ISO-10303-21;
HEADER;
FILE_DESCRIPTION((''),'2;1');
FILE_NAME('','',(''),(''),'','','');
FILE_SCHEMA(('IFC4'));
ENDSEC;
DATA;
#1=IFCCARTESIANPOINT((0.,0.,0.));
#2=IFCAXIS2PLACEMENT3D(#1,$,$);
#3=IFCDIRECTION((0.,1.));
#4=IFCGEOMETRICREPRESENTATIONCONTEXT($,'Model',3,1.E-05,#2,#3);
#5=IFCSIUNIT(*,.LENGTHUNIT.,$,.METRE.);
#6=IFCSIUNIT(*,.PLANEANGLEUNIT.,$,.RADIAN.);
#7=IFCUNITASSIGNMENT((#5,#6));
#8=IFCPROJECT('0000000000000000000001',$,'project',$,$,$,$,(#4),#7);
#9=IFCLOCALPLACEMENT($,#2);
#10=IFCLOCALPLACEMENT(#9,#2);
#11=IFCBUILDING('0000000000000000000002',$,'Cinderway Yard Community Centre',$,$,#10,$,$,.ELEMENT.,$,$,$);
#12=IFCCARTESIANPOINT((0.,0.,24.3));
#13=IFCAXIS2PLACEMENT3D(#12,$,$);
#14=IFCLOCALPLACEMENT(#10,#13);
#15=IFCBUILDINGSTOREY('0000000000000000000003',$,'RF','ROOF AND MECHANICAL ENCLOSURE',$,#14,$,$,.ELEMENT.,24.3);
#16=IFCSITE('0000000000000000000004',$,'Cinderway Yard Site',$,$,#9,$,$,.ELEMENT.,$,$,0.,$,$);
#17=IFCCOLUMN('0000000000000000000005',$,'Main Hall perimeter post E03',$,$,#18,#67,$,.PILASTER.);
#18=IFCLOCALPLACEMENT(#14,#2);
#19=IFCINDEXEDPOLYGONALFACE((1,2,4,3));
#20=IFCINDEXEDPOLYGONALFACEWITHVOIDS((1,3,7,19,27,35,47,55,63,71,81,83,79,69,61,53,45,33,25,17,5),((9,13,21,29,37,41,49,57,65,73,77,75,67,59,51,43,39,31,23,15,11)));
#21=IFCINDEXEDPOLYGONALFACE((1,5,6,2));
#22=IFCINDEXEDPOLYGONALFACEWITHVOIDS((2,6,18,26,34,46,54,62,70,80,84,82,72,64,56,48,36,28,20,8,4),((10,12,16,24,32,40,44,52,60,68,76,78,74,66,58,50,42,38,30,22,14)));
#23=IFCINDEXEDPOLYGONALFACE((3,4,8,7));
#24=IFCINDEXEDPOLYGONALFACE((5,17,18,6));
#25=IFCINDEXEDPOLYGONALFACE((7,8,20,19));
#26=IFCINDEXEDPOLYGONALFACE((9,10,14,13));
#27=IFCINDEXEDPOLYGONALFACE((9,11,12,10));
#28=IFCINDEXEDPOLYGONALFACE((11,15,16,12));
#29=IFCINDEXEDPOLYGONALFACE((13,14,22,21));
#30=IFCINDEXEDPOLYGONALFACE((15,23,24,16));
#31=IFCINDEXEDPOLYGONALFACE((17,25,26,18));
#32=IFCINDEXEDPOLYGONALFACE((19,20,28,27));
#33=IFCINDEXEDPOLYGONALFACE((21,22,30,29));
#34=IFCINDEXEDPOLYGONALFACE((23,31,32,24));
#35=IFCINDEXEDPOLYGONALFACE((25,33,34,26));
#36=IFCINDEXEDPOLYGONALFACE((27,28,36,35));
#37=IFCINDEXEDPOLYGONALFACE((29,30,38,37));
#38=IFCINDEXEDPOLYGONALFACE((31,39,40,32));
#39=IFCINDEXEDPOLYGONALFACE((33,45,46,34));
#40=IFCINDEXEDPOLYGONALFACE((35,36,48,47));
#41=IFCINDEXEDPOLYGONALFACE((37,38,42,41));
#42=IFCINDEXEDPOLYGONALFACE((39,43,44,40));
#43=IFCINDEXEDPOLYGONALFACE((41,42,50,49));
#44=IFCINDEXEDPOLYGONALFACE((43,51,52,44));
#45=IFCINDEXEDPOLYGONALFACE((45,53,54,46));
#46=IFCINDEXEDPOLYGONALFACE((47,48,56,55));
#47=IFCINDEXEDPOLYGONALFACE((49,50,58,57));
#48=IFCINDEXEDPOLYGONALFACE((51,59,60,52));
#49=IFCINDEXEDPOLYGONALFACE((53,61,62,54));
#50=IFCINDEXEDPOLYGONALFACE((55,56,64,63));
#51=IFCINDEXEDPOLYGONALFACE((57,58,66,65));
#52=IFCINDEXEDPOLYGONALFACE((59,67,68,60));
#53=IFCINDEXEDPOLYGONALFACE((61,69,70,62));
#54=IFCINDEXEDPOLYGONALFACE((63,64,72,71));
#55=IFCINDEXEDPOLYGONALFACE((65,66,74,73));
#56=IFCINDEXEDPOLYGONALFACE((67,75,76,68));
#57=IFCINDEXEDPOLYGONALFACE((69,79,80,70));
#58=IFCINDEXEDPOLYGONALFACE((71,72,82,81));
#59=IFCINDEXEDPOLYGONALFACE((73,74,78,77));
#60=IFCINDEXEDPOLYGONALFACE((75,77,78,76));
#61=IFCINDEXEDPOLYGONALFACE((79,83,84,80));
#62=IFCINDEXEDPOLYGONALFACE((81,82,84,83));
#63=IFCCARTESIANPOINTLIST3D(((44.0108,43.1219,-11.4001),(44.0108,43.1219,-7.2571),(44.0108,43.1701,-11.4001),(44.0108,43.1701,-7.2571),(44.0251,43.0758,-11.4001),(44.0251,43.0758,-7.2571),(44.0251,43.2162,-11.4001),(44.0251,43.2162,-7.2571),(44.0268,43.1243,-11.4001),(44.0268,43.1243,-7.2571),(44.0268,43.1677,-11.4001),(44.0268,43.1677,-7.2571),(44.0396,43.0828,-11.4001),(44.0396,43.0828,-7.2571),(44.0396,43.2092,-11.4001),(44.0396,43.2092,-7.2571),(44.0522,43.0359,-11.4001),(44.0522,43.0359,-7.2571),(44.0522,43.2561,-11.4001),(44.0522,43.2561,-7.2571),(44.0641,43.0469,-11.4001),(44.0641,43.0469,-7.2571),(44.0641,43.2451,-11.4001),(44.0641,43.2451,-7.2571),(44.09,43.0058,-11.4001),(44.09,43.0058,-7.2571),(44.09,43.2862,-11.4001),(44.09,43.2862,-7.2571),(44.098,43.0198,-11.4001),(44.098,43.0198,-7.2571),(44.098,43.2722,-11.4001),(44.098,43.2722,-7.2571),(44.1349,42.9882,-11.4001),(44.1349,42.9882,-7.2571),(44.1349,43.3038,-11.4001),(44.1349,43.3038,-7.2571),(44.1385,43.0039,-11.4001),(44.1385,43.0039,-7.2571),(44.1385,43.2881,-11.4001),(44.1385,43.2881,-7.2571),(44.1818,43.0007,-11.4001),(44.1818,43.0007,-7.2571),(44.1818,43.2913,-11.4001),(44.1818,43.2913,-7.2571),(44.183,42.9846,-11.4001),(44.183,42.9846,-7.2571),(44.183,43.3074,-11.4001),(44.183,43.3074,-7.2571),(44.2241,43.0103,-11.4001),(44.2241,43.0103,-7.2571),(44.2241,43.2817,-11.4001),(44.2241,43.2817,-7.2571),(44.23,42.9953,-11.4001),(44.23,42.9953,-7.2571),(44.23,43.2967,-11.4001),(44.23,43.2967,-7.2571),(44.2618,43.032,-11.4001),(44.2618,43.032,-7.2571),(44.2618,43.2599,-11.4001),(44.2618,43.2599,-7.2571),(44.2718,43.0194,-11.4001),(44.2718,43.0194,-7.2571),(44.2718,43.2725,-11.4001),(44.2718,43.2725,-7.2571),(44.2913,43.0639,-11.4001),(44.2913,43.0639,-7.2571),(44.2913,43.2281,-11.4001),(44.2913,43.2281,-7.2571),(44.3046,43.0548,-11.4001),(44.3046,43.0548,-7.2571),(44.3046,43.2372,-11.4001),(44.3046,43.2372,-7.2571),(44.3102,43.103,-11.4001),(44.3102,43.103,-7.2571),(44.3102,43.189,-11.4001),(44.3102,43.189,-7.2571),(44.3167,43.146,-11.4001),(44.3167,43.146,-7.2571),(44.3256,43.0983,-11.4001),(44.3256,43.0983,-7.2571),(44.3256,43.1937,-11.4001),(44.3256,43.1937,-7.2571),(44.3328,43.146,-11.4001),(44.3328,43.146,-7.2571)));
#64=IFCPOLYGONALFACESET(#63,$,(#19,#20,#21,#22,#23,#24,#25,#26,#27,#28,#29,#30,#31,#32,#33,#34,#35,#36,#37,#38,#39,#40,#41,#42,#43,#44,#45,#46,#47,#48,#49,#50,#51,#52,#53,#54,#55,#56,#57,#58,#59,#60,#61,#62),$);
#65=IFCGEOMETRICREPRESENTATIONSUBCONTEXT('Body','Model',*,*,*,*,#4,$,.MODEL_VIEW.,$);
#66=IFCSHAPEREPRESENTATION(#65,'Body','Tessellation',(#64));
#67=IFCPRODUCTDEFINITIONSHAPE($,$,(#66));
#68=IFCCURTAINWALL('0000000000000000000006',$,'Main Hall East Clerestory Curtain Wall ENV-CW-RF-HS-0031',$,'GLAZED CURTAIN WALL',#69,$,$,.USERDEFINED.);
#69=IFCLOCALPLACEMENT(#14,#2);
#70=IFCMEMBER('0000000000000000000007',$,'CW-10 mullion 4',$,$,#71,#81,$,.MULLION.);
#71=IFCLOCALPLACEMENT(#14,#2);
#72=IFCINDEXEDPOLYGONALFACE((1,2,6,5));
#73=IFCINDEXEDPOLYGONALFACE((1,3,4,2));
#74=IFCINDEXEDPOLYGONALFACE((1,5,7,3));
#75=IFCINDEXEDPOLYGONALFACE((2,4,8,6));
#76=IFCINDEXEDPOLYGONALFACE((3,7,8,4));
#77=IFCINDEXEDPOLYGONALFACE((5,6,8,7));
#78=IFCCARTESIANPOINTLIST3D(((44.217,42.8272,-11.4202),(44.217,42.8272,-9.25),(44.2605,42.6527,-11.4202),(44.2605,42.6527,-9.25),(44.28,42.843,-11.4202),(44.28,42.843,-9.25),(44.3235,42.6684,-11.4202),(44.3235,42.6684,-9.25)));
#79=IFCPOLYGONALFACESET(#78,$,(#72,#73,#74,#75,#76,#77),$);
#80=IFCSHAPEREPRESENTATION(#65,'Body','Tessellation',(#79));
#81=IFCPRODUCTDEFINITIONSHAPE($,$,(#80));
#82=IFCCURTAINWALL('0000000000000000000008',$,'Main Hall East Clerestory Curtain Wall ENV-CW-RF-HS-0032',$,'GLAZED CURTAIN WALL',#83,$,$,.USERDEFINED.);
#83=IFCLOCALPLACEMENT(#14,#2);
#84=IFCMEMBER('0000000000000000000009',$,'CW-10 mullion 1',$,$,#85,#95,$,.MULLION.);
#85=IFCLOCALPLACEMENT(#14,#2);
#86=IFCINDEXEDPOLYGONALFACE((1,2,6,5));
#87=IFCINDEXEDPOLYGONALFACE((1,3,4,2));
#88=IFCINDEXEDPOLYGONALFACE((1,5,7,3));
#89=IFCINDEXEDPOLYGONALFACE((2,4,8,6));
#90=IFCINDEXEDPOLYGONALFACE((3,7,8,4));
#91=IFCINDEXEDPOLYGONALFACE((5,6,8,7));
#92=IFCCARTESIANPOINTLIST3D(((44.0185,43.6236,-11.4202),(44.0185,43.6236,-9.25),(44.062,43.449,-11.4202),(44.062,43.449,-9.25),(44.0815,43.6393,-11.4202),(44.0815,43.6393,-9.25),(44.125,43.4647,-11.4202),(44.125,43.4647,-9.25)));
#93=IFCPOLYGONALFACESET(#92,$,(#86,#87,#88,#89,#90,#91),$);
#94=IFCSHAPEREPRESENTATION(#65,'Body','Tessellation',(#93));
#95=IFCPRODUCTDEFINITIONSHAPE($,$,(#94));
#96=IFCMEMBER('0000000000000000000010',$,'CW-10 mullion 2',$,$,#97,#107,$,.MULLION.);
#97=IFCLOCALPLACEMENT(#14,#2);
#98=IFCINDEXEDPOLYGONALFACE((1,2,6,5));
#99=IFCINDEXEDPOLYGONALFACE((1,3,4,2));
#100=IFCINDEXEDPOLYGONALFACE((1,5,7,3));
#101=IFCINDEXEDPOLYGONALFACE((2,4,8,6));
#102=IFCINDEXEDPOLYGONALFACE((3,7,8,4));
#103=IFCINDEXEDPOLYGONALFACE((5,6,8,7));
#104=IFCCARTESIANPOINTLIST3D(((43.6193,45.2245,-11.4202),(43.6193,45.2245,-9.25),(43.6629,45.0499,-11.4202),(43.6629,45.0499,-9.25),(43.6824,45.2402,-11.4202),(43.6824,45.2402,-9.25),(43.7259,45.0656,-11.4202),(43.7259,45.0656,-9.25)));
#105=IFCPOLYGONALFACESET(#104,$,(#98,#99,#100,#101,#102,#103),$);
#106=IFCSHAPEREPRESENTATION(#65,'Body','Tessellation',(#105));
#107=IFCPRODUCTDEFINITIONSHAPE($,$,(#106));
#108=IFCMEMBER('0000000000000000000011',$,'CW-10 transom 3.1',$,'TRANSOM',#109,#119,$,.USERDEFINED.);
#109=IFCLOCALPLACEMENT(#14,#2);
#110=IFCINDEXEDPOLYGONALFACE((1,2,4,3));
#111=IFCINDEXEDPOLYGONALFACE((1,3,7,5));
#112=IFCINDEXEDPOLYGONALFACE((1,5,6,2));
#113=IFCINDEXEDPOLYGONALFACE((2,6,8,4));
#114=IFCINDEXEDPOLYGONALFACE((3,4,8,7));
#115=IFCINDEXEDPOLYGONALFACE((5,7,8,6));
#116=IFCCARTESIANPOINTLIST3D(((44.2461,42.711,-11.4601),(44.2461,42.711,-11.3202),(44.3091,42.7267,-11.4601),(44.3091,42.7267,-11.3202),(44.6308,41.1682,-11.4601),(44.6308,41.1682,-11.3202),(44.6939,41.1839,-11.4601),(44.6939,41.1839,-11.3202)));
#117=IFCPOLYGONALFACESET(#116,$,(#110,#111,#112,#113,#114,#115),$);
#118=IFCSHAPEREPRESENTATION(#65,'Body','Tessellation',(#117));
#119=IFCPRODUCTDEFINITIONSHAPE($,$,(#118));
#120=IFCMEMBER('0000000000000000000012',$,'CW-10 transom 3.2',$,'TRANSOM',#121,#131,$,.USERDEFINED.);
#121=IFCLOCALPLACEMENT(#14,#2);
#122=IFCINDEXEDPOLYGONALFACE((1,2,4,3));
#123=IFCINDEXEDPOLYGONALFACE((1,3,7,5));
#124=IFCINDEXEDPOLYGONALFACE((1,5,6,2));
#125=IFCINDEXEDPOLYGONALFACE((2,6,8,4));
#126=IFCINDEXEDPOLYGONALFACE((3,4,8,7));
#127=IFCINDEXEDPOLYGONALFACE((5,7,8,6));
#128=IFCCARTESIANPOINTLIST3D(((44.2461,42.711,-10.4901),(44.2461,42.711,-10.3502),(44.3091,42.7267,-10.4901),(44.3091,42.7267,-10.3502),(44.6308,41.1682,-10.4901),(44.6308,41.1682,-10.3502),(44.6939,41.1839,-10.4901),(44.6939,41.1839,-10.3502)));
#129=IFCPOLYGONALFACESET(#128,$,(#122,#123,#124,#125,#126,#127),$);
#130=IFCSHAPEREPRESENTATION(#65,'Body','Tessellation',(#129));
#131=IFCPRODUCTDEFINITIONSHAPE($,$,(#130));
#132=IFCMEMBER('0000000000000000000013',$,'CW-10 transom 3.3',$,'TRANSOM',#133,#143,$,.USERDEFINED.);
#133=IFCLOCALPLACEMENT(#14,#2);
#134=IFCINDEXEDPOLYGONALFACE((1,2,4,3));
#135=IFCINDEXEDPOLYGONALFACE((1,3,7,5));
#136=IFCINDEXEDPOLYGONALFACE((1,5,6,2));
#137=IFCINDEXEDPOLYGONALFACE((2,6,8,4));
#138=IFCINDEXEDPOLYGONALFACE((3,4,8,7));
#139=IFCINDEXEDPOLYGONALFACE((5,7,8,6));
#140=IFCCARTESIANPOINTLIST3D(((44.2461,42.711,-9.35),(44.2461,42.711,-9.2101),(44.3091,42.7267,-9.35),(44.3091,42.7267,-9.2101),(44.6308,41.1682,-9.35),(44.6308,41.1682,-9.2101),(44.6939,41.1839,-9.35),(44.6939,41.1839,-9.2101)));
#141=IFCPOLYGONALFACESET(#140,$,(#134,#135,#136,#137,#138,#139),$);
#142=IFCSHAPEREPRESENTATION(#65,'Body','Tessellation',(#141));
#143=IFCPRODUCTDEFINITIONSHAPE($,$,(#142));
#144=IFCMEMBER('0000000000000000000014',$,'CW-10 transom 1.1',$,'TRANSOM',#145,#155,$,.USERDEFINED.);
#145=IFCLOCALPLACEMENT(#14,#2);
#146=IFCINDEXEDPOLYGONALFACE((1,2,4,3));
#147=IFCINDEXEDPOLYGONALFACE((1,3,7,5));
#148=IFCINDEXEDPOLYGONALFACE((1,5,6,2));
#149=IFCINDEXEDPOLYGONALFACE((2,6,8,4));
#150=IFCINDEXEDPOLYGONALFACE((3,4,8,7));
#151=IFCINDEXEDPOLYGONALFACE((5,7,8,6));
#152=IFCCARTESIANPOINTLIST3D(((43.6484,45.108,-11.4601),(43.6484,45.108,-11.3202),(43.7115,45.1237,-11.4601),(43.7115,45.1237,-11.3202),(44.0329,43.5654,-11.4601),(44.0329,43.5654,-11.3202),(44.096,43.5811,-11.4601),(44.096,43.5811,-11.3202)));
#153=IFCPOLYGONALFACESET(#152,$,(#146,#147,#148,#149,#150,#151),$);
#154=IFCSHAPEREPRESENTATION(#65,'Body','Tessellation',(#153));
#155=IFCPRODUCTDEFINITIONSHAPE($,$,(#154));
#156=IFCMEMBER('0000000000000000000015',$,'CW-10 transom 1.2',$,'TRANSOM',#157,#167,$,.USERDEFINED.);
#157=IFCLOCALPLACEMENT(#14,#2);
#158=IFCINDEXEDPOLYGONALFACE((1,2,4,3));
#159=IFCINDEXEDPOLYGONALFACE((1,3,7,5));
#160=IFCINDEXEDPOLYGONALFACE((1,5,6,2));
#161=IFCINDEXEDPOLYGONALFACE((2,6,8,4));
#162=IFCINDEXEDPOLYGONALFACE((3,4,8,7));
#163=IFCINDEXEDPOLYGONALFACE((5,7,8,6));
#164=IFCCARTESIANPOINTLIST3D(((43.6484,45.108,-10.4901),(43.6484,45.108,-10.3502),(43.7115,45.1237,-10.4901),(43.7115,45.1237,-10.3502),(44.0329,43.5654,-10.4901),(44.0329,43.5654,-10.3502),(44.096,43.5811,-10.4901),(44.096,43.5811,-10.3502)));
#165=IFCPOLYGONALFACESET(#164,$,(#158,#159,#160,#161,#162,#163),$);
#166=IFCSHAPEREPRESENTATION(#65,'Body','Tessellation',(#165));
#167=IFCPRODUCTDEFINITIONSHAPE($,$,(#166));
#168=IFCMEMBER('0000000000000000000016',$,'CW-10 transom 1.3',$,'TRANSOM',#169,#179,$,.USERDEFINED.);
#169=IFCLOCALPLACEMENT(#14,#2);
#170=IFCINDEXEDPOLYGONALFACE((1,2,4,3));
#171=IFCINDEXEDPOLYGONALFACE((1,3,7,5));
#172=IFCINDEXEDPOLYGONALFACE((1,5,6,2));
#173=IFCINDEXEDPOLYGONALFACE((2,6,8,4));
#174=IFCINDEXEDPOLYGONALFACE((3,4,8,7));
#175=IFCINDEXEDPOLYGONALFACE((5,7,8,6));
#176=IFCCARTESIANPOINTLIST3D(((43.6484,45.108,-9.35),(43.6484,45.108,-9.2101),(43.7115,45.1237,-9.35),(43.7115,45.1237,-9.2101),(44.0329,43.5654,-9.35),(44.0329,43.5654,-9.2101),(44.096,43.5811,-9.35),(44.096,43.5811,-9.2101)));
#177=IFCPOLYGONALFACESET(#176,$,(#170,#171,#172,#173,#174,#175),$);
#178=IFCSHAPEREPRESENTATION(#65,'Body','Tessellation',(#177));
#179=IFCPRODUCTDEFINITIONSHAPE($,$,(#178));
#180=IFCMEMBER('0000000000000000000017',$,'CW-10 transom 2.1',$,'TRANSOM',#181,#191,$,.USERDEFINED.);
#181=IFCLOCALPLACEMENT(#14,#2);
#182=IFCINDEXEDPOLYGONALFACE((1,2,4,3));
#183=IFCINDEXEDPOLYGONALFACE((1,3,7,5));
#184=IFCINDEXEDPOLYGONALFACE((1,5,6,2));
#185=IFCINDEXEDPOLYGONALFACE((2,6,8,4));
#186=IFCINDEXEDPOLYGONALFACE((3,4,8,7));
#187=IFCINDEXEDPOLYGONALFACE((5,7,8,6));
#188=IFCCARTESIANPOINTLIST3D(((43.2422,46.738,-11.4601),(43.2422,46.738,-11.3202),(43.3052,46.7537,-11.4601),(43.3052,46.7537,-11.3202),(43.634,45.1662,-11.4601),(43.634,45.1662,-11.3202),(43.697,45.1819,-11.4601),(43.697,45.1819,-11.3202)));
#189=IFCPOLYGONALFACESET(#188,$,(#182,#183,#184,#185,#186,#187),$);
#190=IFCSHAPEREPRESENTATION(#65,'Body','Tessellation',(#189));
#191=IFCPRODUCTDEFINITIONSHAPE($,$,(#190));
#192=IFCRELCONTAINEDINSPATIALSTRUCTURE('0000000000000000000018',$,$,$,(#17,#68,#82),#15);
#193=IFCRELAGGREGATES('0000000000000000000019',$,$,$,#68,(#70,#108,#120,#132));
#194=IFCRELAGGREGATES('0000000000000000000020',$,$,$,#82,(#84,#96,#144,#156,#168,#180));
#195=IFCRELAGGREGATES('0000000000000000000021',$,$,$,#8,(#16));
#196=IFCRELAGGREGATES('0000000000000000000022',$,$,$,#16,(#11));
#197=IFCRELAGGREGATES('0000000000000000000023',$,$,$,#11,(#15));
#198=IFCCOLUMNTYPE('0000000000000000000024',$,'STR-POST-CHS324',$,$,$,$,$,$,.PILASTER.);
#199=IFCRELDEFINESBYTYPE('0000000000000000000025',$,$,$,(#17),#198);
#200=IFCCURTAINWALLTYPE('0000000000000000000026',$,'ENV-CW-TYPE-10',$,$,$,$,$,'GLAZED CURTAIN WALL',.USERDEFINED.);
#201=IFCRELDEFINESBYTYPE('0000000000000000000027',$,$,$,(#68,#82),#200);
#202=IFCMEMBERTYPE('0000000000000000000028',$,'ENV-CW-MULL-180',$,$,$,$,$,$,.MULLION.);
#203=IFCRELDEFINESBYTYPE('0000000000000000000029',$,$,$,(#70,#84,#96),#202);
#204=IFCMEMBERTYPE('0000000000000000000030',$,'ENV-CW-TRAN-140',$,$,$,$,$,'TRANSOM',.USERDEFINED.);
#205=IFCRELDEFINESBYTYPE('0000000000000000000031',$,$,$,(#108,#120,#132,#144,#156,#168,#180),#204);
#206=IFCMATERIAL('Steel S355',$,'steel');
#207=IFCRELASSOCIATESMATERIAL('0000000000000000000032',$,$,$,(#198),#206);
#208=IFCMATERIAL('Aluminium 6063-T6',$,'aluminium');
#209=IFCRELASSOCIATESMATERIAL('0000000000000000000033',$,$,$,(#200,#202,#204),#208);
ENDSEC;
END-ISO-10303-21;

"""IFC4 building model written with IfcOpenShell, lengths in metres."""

from ifc_helpers import new_model, si_unit, direction, frame, origin, origin_2d, place, context, subcontext, project, spatial, rectangle, hollow_circle, extrude, material, material_profile, profile_set, type_object, element, aggregate, save


model = new_model("IFC4")

# Units and contexts
model_context = context("Model", 3, precision=1e-05, world=origin(), true_north=direction((0.0, 1.0)))
body_context = subcontext(model_context, "Body", "Model", "MODEL_VIEW")
ifc_project = project(units=[si_unit("LENGTHUNIT", "METRE"), si_unit("PLANEANGLEUNIT", "RADIAN")], contexts=[model_context])

# Site, building, storey
site_placement = place(None, origin())
site = spatial("IfcSite", under=ifc_project, at=site_placement, Name="Cinderway Yard Site", CompositionType="ELEMENT", RefElevation=0.0)
building_placement = place(site_placement, origin())
building = spatial("IfcBuilding", under=site, at=building_placement, Name="Cinderway Yard Community Centre", CompositionType="ELEMENT")
storey_placement = place(building_placement, frame((0.0, 0.0, 24.3)))
storey = spatial("IfcBuildingStorey", under=building, at=storey_placement, Name="RF", Description="ROOF AND MECHANICAL ENCLOSURE", CompositionType="ELEMENT", Elevation=24.3)

# Column
ifc_material_1 = material(Name="Steel S355", Category="steel")
ifc_material_profile_1 = material_profile(ifc_material_1, hollow_circle(Radius=0.1619, WallThickness=0.0161, at=origin_2d()), Name="Steel S355")
ifc_profile_set_1 = profile_set([ifc_material_profile_1], Name="Steel S355")
column_type = type_object("IfcColumnType", Name="STR-POST-CHS324", PredefinedType="PILASTER", material=ifc_profile_set_1)
column_placement = place(storey_placement, frame((44.1709, 43.146, -11.4001), z_axis=(0.0, 0.0, 1.0), x_axis=(1.0, 0.0, 0.0)))
element("IfcColumn", 1, at=column_placement, inside=storey, type_object=column_type, Name="Main Hall perimeter post E03", PredefinedType="PILASTER", context=body_context, shape_type="SweptSolid", body=[
    extrude(hollow_circle(Radius=0.1619, WallThickness=0.0161, at=origin_2d()), origin(), (0.0, 0.0, 1.0), 4.1431),
])

# Curtain wall, member
ifc_material_2 = material(Name="Aluminium 6063-T6", Category="aluminium")
curtain_wall_type = type_object("IfcCurtainWallType", Name="ENV-CW-TYPE-10", ElementType="GLAZED CURTAIN WALL", PredefinedType="USERDEFINED", material=ifc_material_2)
curtain_wall_1_placement = place(storey_placement, origin())
curtain_wall_1 = element("IfcCurtainWall", 2, at=curtain_wall_1_placement, inside=storey, type_object=curtain_wall_type, Name="Main Hall East Clerestory Curtain Wall ENV-CW-RF-HS-0031", ObjectType="GLAZED CURTAIN WALL", PredefinedType="USERDEFINED")
ifc_material_profile_2 = material_profile(ifc_material_2, rectangle(XDim=0.0649, YDim=0.1799, at=origin_2d()), Name="Aluminium 6063-T6")
ifc_profile_set_2 = profile_set([ifc_material_profile_2], Name="Aluminium 6063-T6")
member_type_1 = type_object("IfcMemberType", Name="ENV-CW-MULL-180", PredefinedType="MULLION", material=ifc_profile_set_2)
member_1_placement = place(storey_placement, frame((44.2703, 42.7478, -11.4202), z_axis=(0.0, 0.0, 1.0), x_axis=(-0.970259, -0.242069, 0.0)))
member_1 = element("IfcMember", 3, at=member_1_placement, type_object=member_type_1, Name="CW-10 mullion 4", PredefinedType="MULLION", context=body_context, shape_type="SweptSolid", body=[
    extrude(rectangle(XDim=0.0649, YDim=0.1799, at=origin_2d()), origin(), (0.0, 0.0, 1.0), 2.1702),
])

# Curtain wall, members
curtain_wall_2_placement = place(storey_placement, origin())
curtain_wall_2 = element("IfcCurtainWall", 4, at=curtain_wall_2_placement, inside=storey, type_object=curtain_wall_type, Name="Main Hall East Clerestory Curtain Wall ENV-CW-RF-HS-0032", ObjectType="GLAZED CURTAIN WALL", PredefinedType="USERDEFINED")
member_2_placement = place(storey_placement, frame((44.0718, 43.5442, -11.4202), z_axis=(0.0, 0.0, 1.0), x_axis=(-0.970306, -0.241882, 0.0)))
member_2 = element("IfcMember", 5, at=member_2_placement, type_object=member_type_1, Name="CW-10 mullion 1", PredefinedType="MULLION", context=body_context, shape_type="SweptSolid", body=[
    extrude(rectangle(XDim=0.0649, YDim=0.1799, at=origin_2d()), origin(), (0.0, 0.0, 1.0), 2.1702),
])
member_3_placement = place(storey_placement, frame((43.6726, 45.145, -11.4202), z_axis=(0.0, 0.0, 1.0), x_axis=(-0.970306, -0.241882, 0.0)))
member_3 = element("IfcMember", 6, at=member_3_placement, type_object=member_type_1, Name="CW-10 mullion 2", PredefinedType="MULLION", context=body_context, shape_type="SweptSolid", body=[
    extrude(rectangle(XDim=0.0649, YDim=0.1799, at=origin_2d()), origin(), (0.0, 0.0, 1.0), 2.1702),
])

# Members
ifc_material_profile_3 = material_profile(ifc_material_2, rectangle(XDim=0.0649, YDim=0.1399, at=origin_2d()), Name="Aluminium 6063-T6")
ifc_profile_set_3 = profile_set([ifc_material_profile_3], Name="Aluminium 6063-T6")
member_type_2 = type_object("IfcMemberType", Name="ENV-CW-TRAN-140", ElementType="TRANSOM", PredefinedType="USERDEFINED", material=ifc_profile_set_3)
member_4_placement = place(storey_placement, frame((44.6624, 41.176, -11.3901), z_axis=(-0.241994, 0.970278, 0.0), x_axis=(-0.970278, -0.241994, 0.0)))
member_4 = element("IfcMember", 7, at=member_4_placement, type_object=member_type_2, Name="CW-10 transom 3.1", ObjectType="TRANSOM", PredefinedType="USERDEFINED", context=body_context, shape_type="SweptSolid", body=[
    extrude(rectangle(XDim=0.0649, YDim=0.1399, at=origin_2d()), origin(), (0.0, 0.0, 1.0), 1.5901),
])
member_5_placement = place(storey_placement, frame((44.6624, 41.176, -10.4202), z_axis=(-0.241994, 0.970278, 0.0), x_axis=(-0.970278, -0.241994, 0.0)))
member_5 = element("IfcMember", 8, at=member_5_placement, type_object=member_type_2, Name="CW-10 transom 3.2", ObjectType="TRANSOM", PredefinedType="USERDEFINED", context=body_context, shape_type="SweptSolid", body=[
    extrude(rectangle(XDim=0.0649, YDim=0.1399, at=origin_2d()), origin(), (0.0, 0.0, 1.0), 1.5901),
])
member_6_placement = place(storey_placement, frame((44.6624, 41.176, -9.28), z_axis=(-0.241994, 0.970278, 0.0), x_axis=(-0.970278, -0.241994, 0.0)))
member_6 = element("IfcMember", 9, at=member_6_placement, type_object=member_type_2, Name="CW-10 transom 3.3", ObjectType="TRANSOM", PredefinedType="USERDEFINED", context=body_context, shape_type="SweptSolid", body=[
    extrude(rectangle(XDim=0.0649, YDim=0.1399, at=origin_2d()), origin(), (0.0, 0.0, 1.0), 1.5901),
])
member_7_placement = place(storey_placement, frame((44.0645, 43.5732, -11.3901), z_axis=(-0.241849, 0.970314, 0.0), x_axis=(-0.970314, -0.241849, 0.0)))
member_7 = element("IfcMember", 10, at=member_7_placement, type_object=member_type_2, Name="CW-10 transom 1.1", ObjectType="TRANSOM", PredefinedType="USERDEFINED", context=body_context, shape_type="SweptSolid", body=[
    extrude(rectangle(XDim=0.0649, YDim=0.1399, at=origin_2d()), origin(), (0.0, 0.0, 1.0), 1.5898),
])
member_8_placement = place(storey_placement, frame((44.0645, 43.5732, -10.4202), z_axis=(-0.241849, 0.970314, 0.0), x_axis=(-0.970314, -0.241849, 0.0)))
member_8 = element("IfcMember", 11, at=member_8_placement, type_object=member_type_2, Name="CW-10 transom 1.2", ObjectType="TRANSOM", PredefinedType="USERDEFINED", context=body_context, shape_type="SweptSolid", body=[
    extrude(rectangle(XDim=0.0649, YDim=0.1399, at=origin_2d()), origin(), (0.0, 0.0, 1.0), 1.5898),
])
member_9_placement = place(storey_placement, frame((44.0645, 43.5732, -9.28), z_axis=(-0.241849, 0.970314, 0.0), x_axis=(-0.970314, -0.241849, 0.0)))
member_9 = element("IfcMember", 12, at=member_9_placement, type_object=member_type_2, Name="CW-10 transom 1.3", ObjectType="TRANSOM", PredefinedType="USERDEFINED", context=body_context, shape_type="SweptSolid", body=[
    extrude(rectangle(XDim=0.0649, YDim=0.1399, at=origin_2d()), origin(), (0.0, 0.0, 1.0), 1.5898),
])
member_10_placement = place(storey_placement, frame((43.6655, 45.1741, -11.3901), z_axis=(-0.241897, 0.970302, 0.0), x_axis=(-0.970302, -0.241897, 0.0)))
member_10 = element("IfcMember", 13, at=member_10_placement, type_object=member_type_2, Name="CW-10 transom 2.1", ObjectType="TRANSOM", PredefinedType="USERDEFINED", context=body_context, shape_type="SweptSolid", body=[
    extrude(rectangle(XDim=0.0649, YDim=0.1399, at=origin_2d()), origin(), (0.0, 0.0, 1.0), 1.6199),
])

aggregate(curtain_wall_1, [member_1, member_4, member_5, member_6])
aggregate(curtain_wall_2, [member_2, member_3, member_7, member_8, member_9, member_10])

save(model, "model.ifc")
